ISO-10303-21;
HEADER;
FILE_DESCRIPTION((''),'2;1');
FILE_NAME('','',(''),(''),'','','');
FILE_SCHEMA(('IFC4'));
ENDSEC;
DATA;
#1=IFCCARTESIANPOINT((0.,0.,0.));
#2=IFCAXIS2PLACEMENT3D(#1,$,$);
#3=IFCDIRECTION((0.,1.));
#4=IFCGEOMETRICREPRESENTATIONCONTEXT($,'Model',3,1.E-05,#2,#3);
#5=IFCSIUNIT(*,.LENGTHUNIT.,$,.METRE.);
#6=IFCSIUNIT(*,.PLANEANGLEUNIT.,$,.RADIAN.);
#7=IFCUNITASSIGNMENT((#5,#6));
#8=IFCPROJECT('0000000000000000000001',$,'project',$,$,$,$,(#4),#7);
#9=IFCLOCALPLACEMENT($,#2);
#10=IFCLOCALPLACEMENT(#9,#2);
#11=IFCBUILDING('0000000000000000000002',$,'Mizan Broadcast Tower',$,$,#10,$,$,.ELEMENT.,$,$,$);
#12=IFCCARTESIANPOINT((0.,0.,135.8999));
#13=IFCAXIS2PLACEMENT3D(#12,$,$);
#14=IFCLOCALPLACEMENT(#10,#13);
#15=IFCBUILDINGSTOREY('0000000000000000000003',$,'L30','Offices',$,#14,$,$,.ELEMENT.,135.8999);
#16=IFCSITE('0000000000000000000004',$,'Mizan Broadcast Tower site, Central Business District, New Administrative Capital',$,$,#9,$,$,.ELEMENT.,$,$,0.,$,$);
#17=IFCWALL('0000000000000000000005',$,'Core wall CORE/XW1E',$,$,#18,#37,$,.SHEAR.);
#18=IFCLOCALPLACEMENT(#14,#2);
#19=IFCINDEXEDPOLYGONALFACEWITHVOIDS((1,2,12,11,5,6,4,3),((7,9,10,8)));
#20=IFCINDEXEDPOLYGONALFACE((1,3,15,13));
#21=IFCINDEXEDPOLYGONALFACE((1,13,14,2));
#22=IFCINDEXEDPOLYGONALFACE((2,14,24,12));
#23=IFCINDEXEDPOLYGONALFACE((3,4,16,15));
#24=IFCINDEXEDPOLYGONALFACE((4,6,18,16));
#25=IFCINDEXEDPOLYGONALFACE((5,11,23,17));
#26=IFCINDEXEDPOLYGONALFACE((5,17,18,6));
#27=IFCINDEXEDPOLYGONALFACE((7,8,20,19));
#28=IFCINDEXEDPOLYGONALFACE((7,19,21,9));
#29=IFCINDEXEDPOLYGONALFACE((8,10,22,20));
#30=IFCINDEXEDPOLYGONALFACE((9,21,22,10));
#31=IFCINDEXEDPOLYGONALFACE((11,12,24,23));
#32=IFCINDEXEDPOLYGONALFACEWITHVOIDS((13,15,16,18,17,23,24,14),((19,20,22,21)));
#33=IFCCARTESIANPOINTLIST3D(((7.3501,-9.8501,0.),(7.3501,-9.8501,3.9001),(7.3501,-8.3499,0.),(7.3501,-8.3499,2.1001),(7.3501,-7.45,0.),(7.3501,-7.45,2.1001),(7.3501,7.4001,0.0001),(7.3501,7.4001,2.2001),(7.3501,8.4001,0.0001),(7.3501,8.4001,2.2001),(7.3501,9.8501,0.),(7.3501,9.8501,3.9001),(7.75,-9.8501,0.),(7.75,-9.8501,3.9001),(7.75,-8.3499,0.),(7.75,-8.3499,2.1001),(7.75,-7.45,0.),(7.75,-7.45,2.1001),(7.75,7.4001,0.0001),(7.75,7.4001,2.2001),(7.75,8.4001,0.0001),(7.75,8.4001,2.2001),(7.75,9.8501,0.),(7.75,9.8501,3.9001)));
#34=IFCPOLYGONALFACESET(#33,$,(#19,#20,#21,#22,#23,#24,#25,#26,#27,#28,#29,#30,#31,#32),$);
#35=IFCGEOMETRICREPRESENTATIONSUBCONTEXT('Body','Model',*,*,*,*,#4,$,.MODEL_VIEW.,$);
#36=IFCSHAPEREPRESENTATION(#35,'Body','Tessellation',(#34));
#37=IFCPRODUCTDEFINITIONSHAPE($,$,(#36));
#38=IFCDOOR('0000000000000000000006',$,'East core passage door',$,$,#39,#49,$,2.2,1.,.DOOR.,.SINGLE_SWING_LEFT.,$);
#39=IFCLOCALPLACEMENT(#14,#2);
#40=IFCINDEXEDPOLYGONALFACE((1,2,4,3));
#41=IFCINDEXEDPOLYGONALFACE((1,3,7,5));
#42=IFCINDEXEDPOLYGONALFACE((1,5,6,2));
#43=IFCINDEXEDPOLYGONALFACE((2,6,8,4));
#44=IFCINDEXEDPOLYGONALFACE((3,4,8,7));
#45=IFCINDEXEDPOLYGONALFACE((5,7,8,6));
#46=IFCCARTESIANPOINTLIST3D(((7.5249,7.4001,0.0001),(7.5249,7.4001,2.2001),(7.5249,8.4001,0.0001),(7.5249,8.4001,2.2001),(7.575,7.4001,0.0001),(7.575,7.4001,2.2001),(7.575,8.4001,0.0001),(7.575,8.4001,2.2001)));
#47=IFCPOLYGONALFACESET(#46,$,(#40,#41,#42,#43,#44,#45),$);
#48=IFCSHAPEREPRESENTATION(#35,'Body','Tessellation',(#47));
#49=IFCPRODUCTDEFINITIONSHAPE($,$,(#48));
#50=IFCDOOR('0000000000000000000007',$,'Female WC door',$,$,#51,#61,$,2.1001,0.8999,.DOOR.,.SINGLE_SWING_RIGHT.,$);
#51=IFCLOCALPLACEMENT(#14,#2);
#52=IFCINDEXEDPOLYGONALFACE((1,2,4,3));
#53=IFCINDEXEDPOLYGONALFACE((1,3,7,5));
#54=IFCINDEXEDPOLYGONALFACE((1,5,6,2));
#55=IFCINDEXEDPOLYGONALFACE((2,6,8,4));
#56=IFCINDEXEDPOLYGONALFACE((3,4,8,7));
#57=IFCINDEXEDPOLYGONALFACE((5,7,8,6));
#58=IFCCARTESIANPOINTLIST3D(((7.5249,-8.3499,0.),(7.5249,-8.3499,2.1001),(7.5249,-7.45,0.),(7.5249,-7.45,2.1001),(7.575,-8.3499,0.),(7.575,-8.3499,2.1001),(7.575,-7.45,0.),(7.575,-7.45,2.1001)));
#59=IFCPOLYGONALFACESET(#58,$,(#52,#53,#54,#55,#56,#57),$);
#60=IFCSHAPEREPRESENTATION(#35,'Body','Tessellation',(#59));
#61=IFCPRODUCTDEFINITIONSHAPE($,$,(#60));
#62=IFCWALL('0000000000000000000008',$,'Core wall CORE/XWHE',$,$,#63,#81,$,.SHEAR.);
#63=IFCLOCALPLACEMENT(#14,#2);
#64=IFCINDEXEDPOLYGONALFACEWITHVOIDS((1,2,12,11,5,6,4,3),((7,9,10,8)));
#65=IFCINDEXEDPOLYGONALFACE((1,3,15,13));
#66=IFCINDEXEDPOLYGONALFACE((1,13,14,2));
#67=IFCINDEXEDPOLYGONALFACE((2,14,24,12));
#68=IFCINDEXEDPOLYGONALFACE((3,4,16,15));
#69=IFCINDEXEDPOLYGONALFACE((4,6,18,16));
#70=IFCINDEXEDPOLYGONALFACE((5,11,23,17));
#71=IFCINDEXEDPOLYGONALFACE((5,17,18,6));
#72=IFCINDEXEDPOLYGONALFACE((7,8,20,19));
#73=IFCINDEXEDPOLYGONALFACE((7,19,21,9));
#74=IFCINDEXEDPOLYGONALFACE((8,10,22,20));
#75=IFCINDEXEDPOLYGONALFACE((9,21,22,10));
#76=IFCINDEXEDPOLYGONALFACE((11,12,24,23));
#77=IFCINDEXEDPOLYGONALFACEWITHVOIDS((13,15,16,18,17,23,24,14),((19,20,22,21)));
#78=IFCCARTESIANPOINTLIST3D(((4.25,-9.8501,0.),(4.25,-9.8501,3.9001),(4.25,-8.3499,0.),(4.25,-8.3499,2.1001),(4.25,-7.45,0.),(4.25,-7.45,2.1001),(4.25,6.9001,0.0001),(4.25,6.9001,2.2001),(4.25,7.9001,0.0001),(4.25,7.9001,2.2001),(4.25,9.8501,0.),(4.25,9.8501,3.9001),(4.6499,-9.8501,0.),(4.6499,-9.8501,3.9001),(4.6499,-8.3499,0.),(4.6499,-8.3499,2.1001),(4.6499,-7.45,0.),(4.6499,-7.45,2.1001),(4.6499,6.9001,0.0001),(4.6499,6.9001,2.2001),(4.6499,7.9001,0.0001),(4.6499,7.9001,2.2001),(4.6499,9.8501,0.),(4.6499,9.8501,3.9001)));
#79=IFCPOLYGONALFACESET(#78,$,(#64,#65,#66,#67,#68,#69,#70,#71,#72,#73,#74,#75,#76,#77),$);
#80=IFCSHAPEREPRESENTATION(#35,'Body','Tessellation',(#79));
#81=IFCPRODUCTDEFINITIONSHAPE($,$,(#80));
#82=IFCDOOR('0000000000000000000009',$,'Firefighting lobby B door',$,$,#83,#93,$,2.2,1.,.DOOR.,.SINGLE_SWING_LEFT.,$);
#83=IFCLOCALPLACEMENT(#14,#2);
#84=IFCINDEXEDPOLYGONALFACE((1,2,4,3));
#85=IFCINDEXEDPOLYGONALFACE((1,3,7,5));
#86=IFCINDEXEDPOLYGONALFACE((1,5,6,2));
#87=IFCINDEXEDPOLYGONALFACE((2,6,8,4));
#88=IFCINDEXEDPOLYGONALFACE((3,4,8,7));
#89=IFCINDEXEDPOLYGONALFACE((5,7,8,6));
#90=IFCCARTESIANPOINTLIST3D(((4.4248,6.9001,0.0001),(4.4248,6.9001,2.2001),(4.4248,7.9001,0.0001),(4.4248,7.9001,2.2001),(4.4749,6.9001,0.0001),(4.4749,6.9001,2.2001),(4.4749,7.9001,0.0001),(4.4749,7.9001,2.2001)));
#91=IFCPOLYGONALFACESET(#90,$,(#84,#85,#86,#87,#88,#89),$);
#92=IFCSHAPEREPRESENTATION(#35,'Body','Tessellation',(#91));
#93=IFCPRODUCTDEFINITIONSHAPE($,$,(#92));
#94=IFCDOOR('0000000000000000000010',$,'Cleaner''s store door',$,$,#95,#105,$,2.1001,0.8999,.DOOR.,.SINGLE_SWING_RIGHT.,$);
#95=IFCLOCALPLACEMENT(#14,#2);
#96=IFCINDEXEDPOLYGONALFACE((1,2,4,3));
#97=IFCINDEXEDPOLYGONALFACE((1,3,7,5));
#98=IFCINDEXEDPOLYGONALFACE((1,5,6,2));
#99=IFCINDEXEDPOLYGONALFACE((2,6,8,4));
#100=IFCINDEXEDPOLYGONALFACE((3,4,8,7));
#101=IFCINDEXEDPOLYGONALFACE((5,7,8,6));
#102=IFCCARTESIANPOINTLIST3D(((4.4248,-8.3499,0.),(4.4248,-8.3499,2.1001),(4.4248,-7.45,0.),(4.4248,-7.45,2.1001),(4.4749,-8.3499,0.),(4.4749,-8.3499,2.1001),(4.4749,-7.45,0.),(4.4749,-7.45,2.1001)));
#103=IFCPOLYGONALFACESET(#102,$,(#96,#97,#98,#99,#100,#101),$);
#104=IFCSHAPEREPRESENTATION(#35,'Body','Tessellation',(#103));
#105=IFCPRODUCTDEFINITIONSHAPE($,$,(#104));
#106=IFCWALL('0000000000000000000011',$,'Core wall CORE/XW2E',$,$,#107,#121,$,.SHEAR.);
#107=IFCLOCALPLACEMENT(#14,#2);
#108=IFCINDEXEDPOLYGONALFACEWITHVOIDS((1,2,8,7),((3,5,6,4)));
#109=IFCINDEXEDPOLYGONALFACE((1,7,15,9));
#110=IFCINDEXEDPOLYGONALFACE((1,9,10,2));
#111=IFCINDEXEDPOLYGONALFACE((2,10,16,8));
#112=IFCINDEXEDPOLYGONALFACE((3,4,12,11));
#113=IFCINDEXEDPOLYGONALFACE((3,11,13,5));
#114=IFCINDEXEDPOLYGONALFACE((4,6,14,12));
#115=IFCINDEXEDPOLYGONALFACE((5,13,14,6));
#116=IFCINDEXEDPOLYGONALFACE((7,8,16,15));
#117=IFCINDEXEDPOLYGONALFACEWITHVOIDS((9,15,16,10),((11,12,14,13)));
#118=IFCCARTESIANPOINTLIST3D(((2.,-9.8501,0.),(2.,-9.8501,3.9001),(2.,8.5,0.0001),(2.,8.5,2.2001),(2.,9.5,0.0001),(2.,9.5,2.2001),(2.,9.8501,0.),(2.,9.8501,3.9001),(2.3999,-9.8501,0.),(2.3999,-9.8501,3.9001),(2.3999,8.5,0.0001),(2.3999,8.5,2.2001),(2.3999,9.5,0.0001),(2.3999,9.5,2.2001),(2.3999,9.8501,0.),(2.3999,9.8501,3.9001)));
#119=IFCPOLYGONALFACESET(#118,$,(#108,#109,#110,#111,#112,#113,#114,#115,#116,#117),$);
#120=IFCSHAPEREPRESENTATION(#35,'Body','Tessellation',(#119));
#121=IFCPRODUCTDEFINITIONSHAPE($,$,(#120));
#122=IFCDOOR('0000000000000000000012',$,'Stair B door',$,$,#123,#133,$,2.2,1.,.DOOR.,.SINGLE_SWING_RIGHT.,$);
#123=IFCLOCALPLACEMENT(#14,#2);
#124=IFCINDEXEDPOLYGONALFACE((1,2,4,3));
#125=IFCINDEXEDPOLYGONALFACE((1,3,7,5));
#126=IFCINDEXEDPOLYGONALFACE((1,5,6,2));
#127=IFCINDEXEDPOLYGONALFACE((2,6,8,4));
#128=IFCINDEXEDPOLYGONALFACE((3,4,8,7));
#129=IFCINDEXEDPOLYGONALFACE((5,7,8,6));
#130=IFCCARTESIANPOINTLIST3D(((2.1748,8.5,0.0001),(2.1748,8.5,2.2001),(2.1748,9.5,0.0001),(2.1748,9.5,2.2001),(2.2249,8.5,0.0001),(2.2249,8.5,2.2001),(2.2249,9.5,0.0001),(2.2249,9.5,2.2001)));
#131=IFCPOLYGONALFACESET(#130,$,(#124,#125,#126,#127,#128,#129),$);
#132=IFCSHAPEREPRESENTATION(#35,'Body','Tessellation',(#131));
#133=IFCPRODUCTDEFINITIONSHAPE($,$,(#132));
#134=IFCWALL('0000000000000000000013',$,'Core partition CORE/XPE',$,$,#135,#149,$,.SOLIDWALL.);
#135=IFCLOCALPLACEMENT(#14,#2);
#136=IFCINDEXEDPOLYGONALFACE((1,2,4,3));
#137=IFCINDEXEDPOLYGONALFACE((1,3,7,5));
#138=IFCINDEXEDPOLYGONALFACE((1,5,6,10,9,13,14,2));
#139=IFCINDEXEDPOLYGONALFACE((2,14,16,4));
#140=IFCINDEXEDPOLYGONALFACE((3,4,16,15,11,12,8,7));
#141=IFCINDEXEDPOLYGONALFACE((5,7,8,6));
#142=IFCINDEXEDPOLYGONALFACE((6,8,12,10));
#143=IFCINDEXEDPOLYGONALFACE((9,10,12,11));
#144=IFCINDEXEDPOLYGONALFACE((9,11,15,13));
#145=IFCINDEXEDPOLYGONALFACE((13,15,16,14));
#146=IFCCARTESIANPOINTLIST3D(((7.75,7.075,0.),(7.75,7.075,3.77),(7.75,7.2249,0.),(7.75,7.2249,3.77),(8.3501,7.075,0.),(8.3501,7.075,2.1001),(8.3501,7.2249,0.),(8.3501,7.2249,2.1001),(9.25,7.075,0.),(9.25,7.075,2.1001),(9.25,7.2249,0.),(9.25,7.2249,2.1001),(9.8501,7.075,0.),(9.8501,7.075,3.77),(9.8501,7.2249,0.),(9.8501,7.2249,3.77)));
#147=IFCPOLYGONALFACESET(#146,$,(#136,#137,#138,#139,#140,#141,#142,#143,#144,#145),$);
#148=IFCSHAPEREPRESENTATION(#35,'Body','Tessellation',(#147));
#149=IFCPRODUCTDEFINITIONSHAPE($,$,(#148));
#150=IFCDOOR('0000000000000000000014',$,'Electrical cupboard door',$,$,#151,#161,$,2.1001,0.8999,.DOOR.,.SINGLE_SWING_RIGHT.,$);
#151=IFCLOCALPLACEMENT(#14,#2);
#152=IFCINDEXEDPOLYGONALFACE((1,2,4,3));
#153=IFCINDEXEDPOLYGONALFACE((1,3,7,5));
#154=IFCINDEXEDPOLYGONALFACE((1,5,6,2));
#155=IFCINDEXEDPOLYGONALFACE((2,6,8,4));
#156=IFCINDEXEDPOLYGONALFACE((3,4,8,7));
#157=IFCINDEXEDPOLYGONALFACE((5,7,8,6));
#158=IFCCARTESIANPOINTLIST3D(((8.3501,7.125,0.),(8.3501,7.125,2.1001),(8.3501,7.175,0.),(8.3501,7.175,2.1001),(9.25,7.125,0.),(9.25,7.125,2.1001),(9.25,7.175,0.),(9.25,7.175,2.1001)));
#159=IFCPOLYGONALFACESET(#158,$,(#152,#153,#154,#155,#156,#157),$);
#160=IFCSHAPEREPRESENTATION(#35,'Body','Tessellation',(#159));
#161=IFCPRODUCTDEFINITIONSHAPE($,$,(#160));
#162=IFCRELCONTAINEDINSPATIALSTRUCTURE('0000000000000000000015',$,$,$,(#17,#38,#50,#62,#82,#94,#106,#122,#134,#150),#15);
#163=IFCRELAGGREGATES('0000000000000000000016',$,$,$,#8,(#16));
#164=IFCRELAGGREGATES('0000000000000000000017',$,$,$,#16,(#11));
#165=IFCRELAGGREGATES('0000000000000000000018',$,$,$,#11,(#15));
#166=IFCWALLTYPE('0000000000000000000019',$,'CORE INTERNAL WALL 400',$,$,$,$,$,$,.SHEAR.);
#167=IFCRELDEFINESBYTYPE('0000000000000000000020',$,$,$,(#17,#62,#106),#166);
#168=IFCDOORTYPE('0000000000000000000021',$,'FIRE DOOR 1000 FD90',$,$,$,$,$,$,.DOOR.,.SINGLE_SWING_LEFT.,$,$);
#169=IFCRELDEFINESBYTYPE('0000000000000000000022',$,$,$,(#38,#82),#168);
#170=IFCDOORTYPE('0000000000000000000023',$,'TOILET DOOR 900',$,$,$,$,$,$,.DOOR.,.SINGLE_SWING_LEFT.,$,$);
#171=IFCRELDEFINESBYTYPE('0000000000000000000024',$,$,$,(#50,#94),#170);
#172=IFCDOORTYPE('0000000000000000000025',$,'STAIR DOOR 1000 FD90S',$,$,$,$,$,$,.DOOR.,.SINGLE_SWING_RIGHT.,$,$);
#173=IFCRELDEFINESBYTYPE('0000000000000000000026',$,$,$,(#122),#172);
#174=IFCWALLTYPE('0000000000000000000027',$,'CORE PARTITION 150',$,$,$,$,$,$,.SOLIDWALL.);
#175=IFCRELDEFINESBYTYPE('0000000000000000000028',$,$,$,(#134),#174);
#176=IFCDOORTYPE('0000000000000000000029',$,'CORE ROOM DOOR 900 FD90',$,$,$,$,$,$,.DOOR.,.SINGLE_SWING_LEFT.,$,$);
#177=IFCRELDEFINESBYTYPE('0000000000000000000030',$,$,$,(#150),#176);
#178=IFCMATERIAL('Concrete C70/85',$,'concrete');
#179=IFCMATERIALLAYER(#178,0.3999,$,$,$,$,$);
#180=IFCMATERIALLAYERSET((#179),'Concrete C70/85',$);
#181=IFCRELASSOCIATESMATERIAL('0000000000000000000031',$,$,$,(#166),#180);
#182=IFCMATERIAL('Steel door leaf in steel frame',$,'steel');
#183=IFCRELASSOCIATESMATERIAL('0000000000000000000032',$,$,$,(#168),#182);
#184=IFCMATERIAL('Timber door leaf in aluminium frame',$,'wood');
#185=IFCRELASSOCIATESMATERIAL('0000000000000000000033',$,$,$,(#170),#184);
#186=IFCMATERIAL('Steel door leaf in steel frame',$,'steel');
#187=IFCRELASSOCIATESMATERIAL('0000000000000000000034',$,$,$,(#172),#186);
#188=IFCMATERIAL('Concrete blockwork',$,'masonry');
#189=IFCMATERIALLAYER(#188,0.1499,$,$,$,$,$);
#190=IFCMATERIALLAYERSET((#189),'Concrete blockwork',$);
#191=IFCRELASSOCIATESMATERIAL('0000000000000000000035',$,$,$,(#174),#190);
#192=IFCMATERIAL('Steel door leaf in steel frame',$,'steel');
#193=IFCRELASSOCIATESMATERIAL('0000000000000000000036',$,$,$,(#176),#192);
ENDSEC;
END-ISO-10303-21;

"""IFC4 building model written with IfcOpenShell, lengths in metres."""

from ifc_helpers import new_model, si_unit, direction, frame, frame_2d, origin, place, context, subcontext, project, spatial, rectangle, extrude, material, layer, layer_set, type_object, element, fill, save


model = new_model("IFC4")

# Units and contexts
model_context = context("Model", 3, precision=1e-05, world=origin(), true_north=direction((0.0, 1.0)))
body_context = subcontext(model_context, "Body", "Model", "MODEL_VIEW")
ifc_project = project(units=[si_unit("LENGTHUNIT", "METRE"), si_unit("PLANEANGLEUNIT", "RADIAN")], contexts=[model_context])

# Site, building, storey
site_placement = place(None, origin())
site = spatial("IfcSite", under=ifc_project, at=site_placement, Name="Mizan Broadcast Tower site, Central Business District, New Administrative Capital", CompositionType="ELEMENT", RefElevation=0.0)
building_placement = place(site_placement, origin())
building = spatial("IfcBuilding", under=site, at=building_placement, Name="Mizan Broadcast Tower", CompositionType="ELEMENT")
storey_placement = place(building_placement, frame((0.0, 0.0, 135.8999)))
storey = spatial("IfcBuildingStorey", under=building, at=storey_placement, Name="L30", Description="Offices", CompositionType="ELEMENT", Elevation=135.8999)

# Walls, openings, doors
ifc_material_1 = material(Name="Concrete C70/85", Category="concrete")
ifc_layer_1 = layer(ifc_material_1, 0.3999)
ifc_layer_set_1 = layer_set([ifc_layer_1], Name="Concrete C70/85")
wall_type_1 = type_object("IfcWallType", Name="CORE INTERNAL WALL 400", PredefinedType="SHEAR", material=ifc_layer_set_1)
wall_1_placement = place(storey_placement, frame((7.55, 9.8501, 0.0), z_axis=(0.0, 0.0, 1.0), x_axis=(0.0, -1.0, 0.0)))
wall_1 = element("IfcWall", 1, at=wall_1_placement, inside=storey, type_object=wall_type_1, Name="Core wall CORE/XW1E", PredefinedType="SHEAR", context=body_context, shape_type="SweptSolid", body=[
    extrude(rectangle(XDim=19.7002, YDim=0.3999, at=frame_2d((9.8501, 0.0))), origin(), (0.0, 0.0, 1.0), 3.9001),
])
opening_1_placement = place(wall_1_placement, frame((1.45, 0.0, 0.0)))
opening_1 = element("IfcOpeningElement", 2, at=opening_1_placement, cuts=wall_1, PredefinedType="OPENING", context=body_context, shape_type="SweptSolid", body=[
    extrude(rectangle(XDim=1.0, YDim=2.2, at=frame_2d((0.5, 1.1001))), frame((0.0, 0.21, 0.0), z_axis=(0.0, -1.0, 0.0), x_axis=(1.0, 0.0, 0.0)), (0.0, 0.0, 1.0), 0.4199),
])
opening_2_placement = place(wall_1_placement, frame((17.3, 0.0, 0.0)))
opening_2 = element("IfcOpeningElement", 3, at=opening_2_placement, cuts=wall_1, PredefinedType="OPENING", context=body_context, shape_type="SweptSolid", body=[
    extrude(rectangle(XDim=0.8999, YDim=2.1001, at=frame_2d((0.45, 1.05))), frame((0.0, 0.21, 0.0), z_axis=(0.0, -1.0, 0.0), x_axis=(1.0, 0.0, 0.0)), (0.0, 0.0, 1.0), 0.4199),
])
ifc_material_2 = material(Name="Steel door leaf in steel frame", Category="steel")
door_type_1 = type_object("IfcDoorType", Name="FIRE DOOR 1000 FD90", OperationType="SINGLE_SWING_LEFT", PredefinedType="DOOR", material=ifc_material_2)
door_1_placement = place(opening_1_placement, origin())
door_1 = element("IfcDoor", 4, at=door_1_placement, inside=storey, type_object=door_type_1, Name="East core passage door", OperationType="SINGLE_SWING_LEFT", OverallHeight=2.2, OverallWidth=1.0, PredefinedType="DOOR", context=body_context, shape_type="SweptSolid", body=[
    extrude(rectangle(XDim=1.0, YDim=2.2, at=frame_2d((0.5, 1.1001))), frame((0.0, 0.0249, 0.0), z_axis=(0.0, -1.0, 0.0), x_axis=(1.0, 0.0, 0.0)), (0.0, 0.0, 1.0), 0.05),
])
fill(opening_1, door_1)
ifc_material_3 = material(Name="Timber door leaf in aluminium frame", Category="wood")
door_type_2 = type_object("IfcDoorType", Name="TOILET DOOR 900", OperationType="SINGLE_SWING_LEFT", PredefinedType="DOOR", material=ifc_material_3)
door_2_placement = place(opening_2_placement, origin())
door_2 = element("IfcDoor", 5, at=door_2_placement, inside=storey, type_object=door_type_2, Name="Female WC door", OperationType="SINGLE_SWING_RIGHT", OverallHeight=2.1001, OverallWidth=0.8999, PredefinedType="DOOR", context=body_context, shape_type="SweptSolid", body=[
    extrude(rectangle(XDim=0.8999, YDim=2.1001, at=frame_2d((0.45, 1.05))), frame((0.0, 0.0249, 0.0), z_axis=(0.0, -1.0, 0.0), x_axis=(1.0, 0.0, 0.0)), (0.0, 0.0, 1.0), 0.05),
])
fill(opening_2, door_2)
wall_2_placement = place(storey_placement, frame((4.45, 9.8501, 0.0), z_axis=(0.0, 0.0, 1.0), x_axis=(0.0, -1.0, 0.0)))
wall_2 = element("IfcWall", 6, at=wall_2_placement, inside=storey, type_object=wall_type_1, Name="Core wall CORE/XWHE", PredefinedType="SHEAR", context=body_context, shape_type="SweptSolid", body=[
    extrude(rectangle(XDim=19.7002, YDim=0.3999, at=frame_2d((9.8501, 0.0))), origin(), (0.0, 0.0, 1.0), 3.9001),
])
opening_3_placement = place(wall_2_placement, frame((1.95, 0.0, 0.0)))
opening_3 = element("IfcOpeningElement", 7, at=opening_3_placement, cuts=wall_2, PredefinedType="OPENING", context=body_context, shape_type="SweptSolid", body=[
    extrude(rectangle(XDim=1.0, YDim=2.2, at=frame_2d((0.5, 1.1001))), frame((0.0, 0.21, 0.0), z_axis=(0.0, -1.0, 0.0), x_axis=(1.0, 0.0, 0.0)), (0.0, 0.0, 1.0), 0.4199),
])
opening_4_placement = place(wall_2_placement, frame((17.3, 0.0, 0.0)))
opening_4 = element("IfcOpeningElement", 8, at=opening_4_placement, cuts=wall_2, PredefinedType="OPENING", context=body_context, shape_type="SweptSolid", body=[
    extrude(rectangle(XDim=0.8999, YDim=2.1001, at=frame_2d((0.45, 1.05))), frame((0.0, 0.21, 0.0), z_axis=(0.0, -1.0, 0.0), x_axis=(1.0, 0.0, 0.0)), (0.0, 0.0, 1.0), 0.4199),
])
door_3_placement = place(opening_3_placement, origin())
door_3 = element("IfcDoor", 9, at=door_3_placement, inside=storey, type_object=door_type_1, Name="Firefighting lobby B door", OperationType="SINGLE_SWING_LEFT", OverallHeight=2.2, OverallWidth=1.0, PredefinedType="DOOR", context=body_context, shape_type="SweptSolid", body=[
    extrude(rectangle(XDim=1.0, YDim=2.2, at=frame_2d((0.5, 1.1001))), frame((0.0, 0.0249, 0.0), z_axis=(0.0, -1.0, 0.0), x_axis=(1.0, 0.0, 0.0)), (0.0, 0.0, 1.0), 0.05),
])
fill(opening_3, door_3)
door_4_placement = place(opening_4_placement, origin())
door_4 = element("IfcDoor", 10, at=door_4_placement, inside=storey, type_object=door_type_2, Name="Cleaner's store door", OperationType="SINGLE_SWING_RIGHT", OverallHeight=2.1001, OverallWidth=0.8999, PredefinedType="DOOR", context=body_context, shape_type="SweptSolid", body=[
    extrude(rectangle(XDim=0.8999, YDim=2.1001, at=frame_2d((0.45, 1.05))), frame((0.0, 0.0249, 0.0), z_axis=(0.0, -1.0, 0.0), x_axis=(1.0, 0.0, 0.0)), (0.0, 0.0, 1.0), 0.05),
])
fill(opening_4, door_4)

# Walls, openings, doors
wall_3_placement = place(storey_placement, frame((2.2, 9.8501, 0.0), z_axis=(0.0, 0.0, 1.0), x_axis=(0.0, -1.0, 0.0)))
wall_3 = element("IfcWall", 11, at=wall_3_placement, inside=storey, type_object=wall_type_1, Name="Core wall CORE/XW2E", PredefinedType="SHEAR", context=body_context, shape_type="SweptSolid", body=[
    extrude(rectangle(XDim=19.7002, YDim=0.3999, at=frame_2d((9.8501, 0.0))), origin(), (0.0, 0.0, 1.0), 3.9001),
])
opening_5_placement = place(wall_3_placement, frame((0.3501, 0.0, 0.0)))
opening_5 = element("IfcOpeningElement", 12, at=opening_5_placement, cuts=wall_3, PredefinedType="OPENING", context=body_context, shape_type="SweptSolid", body=[
    extrude(rectangle(XDim=1.0, YDim=2.2, at=frame_2d((0.5, 1.1001))), frame((0.0, 0.21, 0.0), z_axis=(0.0, -1.0, 0.0), x_axis=(1.0, 0.0, 0.0)), (0.0, 0.0, 1.0), 0.4199),
])
ifc_material_4 = material(Name="Steel door leaf in steel frame", Category="steel")
door_type_3 = type_object("IfcDoorType", Name="STAIR DOOR 1000 FD90S", OperationType="SINGLE_SWING_RIGHT", PredefinedType="DOOR", material=ifc_material_4)
door_5_placement = place(opening_5_placement, origin())
door_5 = element("IfcDoor", 13, at=door_5_placement, inside=storey, type_object=door_type_3, Name="Stair B door", OperationType="SINGLE_SWING_RIGHT", OverallHeight=2.2, OverallWidth=1.0, PredefinedType="DOOR", context=body_context, shape_type="SweptSolid", body=[
    extrude(rectangle(XDim=1.0, YDim=2.2, at=frame_2d((0.5, 1.1001))), frame((0.0, 0.0249, 0.0), z_axis=(0.0, -1.0, 0.0), x_axis=(1.0, 0.0, 0.0)), (0.0, 0.0, 1.0), 0.05),
])
fill(opening_5, door_5)
ifc_material_5 = material(Name="Concrete blockwork", Category="masonry")
ifc_layer_2 = layer(ifc_material_5, 0.1499)
ifc_layer_set_2 = layer_set([ifc_layer_2], Name="Concrete blockwork")
wall_type_2 = type_object("IfcWallType", Name="CORE PARTITION 150", PredefinedType="SOLIDWALL", material=ifc_layer_set_2)
wall_4_placement = place(storey_placement, frame((9.8501, 7.1499, 0.0), z_axis=(0.0, 0.0, 1.0), x_axis=(-1.0, 0.0, 0.0)))
wall_4 = element("IfcWall", 14, at=wall_4_placement, inside=storey, type_object=wall_type_2, Name="Core partition CORE/XPE", PredefinedType="SOLIDWALL", context=body_context, shape_type="SweptSolid", body=[
    extrude(rectangle(XDim=2.1001, YDim=0.1499, at=frame_2d((1.05, 0.0))), origin(), (0.0, 0.0, 1.0), 3.77),
])
opening_6_placement = place(wall_4_placement, frame((0.6001, 0.0, 0.0)))
opening_6 = element("IfcOpeningElement", 15, at=opening_6_placement, cuts=wall_4, PredefinedType="OPENING", context=body_context, shape_type="SweptSolid", body=[
    extrude(rectangle(XDim=0.8999, YDim=2.1001, at=frame_2d((0.45, 1.05))), frame((0.0, 0.085, 0.0), z_axis=(0.0, -1.0, 0.0), x_axis=(1.0, 0.0, 0.0)), (0.0, 0.0, 1.0), 0.1699),
])
ifc_material_6 = material(Name="Steel door leaf in steel frame", Category="steel")
door_type_4 = type_object("IfcDoorType", Name="CORE ROOM DOOR 900 FD90", OperationType="SINGLE_SWING_LEFT", PredefinedType="DOOR", material=ifc_material_6)
door_6_placement = place(opening_6_placement, origin())
door_6 = element("IfcDoor", 16, at=door_6_placement, inside=storey, type_object=door_type_4, Name="Electrical cupboard door", OperationType="SINGLE_SWING_RIGHT", OverallHeight=2.1001, OverallWidth=0.8999, PredefinedType="DOOR", context=body_context, shape_type="SweptSolid", body=[
    extrude(rectangle(XDim=0.8999, YDim=2.1001, at=frame_2d((0.45, 1.05))), frame((0.0, 0.0249, 0.0), z_axis=(0.0, -1.0, 0.0), x_axis=(1.0, 0.0, 0.0)), (0.0, 0.0, 1.0), 0.05),
])
fill(opening_6, door_6)

save(model, "model.ifc")
